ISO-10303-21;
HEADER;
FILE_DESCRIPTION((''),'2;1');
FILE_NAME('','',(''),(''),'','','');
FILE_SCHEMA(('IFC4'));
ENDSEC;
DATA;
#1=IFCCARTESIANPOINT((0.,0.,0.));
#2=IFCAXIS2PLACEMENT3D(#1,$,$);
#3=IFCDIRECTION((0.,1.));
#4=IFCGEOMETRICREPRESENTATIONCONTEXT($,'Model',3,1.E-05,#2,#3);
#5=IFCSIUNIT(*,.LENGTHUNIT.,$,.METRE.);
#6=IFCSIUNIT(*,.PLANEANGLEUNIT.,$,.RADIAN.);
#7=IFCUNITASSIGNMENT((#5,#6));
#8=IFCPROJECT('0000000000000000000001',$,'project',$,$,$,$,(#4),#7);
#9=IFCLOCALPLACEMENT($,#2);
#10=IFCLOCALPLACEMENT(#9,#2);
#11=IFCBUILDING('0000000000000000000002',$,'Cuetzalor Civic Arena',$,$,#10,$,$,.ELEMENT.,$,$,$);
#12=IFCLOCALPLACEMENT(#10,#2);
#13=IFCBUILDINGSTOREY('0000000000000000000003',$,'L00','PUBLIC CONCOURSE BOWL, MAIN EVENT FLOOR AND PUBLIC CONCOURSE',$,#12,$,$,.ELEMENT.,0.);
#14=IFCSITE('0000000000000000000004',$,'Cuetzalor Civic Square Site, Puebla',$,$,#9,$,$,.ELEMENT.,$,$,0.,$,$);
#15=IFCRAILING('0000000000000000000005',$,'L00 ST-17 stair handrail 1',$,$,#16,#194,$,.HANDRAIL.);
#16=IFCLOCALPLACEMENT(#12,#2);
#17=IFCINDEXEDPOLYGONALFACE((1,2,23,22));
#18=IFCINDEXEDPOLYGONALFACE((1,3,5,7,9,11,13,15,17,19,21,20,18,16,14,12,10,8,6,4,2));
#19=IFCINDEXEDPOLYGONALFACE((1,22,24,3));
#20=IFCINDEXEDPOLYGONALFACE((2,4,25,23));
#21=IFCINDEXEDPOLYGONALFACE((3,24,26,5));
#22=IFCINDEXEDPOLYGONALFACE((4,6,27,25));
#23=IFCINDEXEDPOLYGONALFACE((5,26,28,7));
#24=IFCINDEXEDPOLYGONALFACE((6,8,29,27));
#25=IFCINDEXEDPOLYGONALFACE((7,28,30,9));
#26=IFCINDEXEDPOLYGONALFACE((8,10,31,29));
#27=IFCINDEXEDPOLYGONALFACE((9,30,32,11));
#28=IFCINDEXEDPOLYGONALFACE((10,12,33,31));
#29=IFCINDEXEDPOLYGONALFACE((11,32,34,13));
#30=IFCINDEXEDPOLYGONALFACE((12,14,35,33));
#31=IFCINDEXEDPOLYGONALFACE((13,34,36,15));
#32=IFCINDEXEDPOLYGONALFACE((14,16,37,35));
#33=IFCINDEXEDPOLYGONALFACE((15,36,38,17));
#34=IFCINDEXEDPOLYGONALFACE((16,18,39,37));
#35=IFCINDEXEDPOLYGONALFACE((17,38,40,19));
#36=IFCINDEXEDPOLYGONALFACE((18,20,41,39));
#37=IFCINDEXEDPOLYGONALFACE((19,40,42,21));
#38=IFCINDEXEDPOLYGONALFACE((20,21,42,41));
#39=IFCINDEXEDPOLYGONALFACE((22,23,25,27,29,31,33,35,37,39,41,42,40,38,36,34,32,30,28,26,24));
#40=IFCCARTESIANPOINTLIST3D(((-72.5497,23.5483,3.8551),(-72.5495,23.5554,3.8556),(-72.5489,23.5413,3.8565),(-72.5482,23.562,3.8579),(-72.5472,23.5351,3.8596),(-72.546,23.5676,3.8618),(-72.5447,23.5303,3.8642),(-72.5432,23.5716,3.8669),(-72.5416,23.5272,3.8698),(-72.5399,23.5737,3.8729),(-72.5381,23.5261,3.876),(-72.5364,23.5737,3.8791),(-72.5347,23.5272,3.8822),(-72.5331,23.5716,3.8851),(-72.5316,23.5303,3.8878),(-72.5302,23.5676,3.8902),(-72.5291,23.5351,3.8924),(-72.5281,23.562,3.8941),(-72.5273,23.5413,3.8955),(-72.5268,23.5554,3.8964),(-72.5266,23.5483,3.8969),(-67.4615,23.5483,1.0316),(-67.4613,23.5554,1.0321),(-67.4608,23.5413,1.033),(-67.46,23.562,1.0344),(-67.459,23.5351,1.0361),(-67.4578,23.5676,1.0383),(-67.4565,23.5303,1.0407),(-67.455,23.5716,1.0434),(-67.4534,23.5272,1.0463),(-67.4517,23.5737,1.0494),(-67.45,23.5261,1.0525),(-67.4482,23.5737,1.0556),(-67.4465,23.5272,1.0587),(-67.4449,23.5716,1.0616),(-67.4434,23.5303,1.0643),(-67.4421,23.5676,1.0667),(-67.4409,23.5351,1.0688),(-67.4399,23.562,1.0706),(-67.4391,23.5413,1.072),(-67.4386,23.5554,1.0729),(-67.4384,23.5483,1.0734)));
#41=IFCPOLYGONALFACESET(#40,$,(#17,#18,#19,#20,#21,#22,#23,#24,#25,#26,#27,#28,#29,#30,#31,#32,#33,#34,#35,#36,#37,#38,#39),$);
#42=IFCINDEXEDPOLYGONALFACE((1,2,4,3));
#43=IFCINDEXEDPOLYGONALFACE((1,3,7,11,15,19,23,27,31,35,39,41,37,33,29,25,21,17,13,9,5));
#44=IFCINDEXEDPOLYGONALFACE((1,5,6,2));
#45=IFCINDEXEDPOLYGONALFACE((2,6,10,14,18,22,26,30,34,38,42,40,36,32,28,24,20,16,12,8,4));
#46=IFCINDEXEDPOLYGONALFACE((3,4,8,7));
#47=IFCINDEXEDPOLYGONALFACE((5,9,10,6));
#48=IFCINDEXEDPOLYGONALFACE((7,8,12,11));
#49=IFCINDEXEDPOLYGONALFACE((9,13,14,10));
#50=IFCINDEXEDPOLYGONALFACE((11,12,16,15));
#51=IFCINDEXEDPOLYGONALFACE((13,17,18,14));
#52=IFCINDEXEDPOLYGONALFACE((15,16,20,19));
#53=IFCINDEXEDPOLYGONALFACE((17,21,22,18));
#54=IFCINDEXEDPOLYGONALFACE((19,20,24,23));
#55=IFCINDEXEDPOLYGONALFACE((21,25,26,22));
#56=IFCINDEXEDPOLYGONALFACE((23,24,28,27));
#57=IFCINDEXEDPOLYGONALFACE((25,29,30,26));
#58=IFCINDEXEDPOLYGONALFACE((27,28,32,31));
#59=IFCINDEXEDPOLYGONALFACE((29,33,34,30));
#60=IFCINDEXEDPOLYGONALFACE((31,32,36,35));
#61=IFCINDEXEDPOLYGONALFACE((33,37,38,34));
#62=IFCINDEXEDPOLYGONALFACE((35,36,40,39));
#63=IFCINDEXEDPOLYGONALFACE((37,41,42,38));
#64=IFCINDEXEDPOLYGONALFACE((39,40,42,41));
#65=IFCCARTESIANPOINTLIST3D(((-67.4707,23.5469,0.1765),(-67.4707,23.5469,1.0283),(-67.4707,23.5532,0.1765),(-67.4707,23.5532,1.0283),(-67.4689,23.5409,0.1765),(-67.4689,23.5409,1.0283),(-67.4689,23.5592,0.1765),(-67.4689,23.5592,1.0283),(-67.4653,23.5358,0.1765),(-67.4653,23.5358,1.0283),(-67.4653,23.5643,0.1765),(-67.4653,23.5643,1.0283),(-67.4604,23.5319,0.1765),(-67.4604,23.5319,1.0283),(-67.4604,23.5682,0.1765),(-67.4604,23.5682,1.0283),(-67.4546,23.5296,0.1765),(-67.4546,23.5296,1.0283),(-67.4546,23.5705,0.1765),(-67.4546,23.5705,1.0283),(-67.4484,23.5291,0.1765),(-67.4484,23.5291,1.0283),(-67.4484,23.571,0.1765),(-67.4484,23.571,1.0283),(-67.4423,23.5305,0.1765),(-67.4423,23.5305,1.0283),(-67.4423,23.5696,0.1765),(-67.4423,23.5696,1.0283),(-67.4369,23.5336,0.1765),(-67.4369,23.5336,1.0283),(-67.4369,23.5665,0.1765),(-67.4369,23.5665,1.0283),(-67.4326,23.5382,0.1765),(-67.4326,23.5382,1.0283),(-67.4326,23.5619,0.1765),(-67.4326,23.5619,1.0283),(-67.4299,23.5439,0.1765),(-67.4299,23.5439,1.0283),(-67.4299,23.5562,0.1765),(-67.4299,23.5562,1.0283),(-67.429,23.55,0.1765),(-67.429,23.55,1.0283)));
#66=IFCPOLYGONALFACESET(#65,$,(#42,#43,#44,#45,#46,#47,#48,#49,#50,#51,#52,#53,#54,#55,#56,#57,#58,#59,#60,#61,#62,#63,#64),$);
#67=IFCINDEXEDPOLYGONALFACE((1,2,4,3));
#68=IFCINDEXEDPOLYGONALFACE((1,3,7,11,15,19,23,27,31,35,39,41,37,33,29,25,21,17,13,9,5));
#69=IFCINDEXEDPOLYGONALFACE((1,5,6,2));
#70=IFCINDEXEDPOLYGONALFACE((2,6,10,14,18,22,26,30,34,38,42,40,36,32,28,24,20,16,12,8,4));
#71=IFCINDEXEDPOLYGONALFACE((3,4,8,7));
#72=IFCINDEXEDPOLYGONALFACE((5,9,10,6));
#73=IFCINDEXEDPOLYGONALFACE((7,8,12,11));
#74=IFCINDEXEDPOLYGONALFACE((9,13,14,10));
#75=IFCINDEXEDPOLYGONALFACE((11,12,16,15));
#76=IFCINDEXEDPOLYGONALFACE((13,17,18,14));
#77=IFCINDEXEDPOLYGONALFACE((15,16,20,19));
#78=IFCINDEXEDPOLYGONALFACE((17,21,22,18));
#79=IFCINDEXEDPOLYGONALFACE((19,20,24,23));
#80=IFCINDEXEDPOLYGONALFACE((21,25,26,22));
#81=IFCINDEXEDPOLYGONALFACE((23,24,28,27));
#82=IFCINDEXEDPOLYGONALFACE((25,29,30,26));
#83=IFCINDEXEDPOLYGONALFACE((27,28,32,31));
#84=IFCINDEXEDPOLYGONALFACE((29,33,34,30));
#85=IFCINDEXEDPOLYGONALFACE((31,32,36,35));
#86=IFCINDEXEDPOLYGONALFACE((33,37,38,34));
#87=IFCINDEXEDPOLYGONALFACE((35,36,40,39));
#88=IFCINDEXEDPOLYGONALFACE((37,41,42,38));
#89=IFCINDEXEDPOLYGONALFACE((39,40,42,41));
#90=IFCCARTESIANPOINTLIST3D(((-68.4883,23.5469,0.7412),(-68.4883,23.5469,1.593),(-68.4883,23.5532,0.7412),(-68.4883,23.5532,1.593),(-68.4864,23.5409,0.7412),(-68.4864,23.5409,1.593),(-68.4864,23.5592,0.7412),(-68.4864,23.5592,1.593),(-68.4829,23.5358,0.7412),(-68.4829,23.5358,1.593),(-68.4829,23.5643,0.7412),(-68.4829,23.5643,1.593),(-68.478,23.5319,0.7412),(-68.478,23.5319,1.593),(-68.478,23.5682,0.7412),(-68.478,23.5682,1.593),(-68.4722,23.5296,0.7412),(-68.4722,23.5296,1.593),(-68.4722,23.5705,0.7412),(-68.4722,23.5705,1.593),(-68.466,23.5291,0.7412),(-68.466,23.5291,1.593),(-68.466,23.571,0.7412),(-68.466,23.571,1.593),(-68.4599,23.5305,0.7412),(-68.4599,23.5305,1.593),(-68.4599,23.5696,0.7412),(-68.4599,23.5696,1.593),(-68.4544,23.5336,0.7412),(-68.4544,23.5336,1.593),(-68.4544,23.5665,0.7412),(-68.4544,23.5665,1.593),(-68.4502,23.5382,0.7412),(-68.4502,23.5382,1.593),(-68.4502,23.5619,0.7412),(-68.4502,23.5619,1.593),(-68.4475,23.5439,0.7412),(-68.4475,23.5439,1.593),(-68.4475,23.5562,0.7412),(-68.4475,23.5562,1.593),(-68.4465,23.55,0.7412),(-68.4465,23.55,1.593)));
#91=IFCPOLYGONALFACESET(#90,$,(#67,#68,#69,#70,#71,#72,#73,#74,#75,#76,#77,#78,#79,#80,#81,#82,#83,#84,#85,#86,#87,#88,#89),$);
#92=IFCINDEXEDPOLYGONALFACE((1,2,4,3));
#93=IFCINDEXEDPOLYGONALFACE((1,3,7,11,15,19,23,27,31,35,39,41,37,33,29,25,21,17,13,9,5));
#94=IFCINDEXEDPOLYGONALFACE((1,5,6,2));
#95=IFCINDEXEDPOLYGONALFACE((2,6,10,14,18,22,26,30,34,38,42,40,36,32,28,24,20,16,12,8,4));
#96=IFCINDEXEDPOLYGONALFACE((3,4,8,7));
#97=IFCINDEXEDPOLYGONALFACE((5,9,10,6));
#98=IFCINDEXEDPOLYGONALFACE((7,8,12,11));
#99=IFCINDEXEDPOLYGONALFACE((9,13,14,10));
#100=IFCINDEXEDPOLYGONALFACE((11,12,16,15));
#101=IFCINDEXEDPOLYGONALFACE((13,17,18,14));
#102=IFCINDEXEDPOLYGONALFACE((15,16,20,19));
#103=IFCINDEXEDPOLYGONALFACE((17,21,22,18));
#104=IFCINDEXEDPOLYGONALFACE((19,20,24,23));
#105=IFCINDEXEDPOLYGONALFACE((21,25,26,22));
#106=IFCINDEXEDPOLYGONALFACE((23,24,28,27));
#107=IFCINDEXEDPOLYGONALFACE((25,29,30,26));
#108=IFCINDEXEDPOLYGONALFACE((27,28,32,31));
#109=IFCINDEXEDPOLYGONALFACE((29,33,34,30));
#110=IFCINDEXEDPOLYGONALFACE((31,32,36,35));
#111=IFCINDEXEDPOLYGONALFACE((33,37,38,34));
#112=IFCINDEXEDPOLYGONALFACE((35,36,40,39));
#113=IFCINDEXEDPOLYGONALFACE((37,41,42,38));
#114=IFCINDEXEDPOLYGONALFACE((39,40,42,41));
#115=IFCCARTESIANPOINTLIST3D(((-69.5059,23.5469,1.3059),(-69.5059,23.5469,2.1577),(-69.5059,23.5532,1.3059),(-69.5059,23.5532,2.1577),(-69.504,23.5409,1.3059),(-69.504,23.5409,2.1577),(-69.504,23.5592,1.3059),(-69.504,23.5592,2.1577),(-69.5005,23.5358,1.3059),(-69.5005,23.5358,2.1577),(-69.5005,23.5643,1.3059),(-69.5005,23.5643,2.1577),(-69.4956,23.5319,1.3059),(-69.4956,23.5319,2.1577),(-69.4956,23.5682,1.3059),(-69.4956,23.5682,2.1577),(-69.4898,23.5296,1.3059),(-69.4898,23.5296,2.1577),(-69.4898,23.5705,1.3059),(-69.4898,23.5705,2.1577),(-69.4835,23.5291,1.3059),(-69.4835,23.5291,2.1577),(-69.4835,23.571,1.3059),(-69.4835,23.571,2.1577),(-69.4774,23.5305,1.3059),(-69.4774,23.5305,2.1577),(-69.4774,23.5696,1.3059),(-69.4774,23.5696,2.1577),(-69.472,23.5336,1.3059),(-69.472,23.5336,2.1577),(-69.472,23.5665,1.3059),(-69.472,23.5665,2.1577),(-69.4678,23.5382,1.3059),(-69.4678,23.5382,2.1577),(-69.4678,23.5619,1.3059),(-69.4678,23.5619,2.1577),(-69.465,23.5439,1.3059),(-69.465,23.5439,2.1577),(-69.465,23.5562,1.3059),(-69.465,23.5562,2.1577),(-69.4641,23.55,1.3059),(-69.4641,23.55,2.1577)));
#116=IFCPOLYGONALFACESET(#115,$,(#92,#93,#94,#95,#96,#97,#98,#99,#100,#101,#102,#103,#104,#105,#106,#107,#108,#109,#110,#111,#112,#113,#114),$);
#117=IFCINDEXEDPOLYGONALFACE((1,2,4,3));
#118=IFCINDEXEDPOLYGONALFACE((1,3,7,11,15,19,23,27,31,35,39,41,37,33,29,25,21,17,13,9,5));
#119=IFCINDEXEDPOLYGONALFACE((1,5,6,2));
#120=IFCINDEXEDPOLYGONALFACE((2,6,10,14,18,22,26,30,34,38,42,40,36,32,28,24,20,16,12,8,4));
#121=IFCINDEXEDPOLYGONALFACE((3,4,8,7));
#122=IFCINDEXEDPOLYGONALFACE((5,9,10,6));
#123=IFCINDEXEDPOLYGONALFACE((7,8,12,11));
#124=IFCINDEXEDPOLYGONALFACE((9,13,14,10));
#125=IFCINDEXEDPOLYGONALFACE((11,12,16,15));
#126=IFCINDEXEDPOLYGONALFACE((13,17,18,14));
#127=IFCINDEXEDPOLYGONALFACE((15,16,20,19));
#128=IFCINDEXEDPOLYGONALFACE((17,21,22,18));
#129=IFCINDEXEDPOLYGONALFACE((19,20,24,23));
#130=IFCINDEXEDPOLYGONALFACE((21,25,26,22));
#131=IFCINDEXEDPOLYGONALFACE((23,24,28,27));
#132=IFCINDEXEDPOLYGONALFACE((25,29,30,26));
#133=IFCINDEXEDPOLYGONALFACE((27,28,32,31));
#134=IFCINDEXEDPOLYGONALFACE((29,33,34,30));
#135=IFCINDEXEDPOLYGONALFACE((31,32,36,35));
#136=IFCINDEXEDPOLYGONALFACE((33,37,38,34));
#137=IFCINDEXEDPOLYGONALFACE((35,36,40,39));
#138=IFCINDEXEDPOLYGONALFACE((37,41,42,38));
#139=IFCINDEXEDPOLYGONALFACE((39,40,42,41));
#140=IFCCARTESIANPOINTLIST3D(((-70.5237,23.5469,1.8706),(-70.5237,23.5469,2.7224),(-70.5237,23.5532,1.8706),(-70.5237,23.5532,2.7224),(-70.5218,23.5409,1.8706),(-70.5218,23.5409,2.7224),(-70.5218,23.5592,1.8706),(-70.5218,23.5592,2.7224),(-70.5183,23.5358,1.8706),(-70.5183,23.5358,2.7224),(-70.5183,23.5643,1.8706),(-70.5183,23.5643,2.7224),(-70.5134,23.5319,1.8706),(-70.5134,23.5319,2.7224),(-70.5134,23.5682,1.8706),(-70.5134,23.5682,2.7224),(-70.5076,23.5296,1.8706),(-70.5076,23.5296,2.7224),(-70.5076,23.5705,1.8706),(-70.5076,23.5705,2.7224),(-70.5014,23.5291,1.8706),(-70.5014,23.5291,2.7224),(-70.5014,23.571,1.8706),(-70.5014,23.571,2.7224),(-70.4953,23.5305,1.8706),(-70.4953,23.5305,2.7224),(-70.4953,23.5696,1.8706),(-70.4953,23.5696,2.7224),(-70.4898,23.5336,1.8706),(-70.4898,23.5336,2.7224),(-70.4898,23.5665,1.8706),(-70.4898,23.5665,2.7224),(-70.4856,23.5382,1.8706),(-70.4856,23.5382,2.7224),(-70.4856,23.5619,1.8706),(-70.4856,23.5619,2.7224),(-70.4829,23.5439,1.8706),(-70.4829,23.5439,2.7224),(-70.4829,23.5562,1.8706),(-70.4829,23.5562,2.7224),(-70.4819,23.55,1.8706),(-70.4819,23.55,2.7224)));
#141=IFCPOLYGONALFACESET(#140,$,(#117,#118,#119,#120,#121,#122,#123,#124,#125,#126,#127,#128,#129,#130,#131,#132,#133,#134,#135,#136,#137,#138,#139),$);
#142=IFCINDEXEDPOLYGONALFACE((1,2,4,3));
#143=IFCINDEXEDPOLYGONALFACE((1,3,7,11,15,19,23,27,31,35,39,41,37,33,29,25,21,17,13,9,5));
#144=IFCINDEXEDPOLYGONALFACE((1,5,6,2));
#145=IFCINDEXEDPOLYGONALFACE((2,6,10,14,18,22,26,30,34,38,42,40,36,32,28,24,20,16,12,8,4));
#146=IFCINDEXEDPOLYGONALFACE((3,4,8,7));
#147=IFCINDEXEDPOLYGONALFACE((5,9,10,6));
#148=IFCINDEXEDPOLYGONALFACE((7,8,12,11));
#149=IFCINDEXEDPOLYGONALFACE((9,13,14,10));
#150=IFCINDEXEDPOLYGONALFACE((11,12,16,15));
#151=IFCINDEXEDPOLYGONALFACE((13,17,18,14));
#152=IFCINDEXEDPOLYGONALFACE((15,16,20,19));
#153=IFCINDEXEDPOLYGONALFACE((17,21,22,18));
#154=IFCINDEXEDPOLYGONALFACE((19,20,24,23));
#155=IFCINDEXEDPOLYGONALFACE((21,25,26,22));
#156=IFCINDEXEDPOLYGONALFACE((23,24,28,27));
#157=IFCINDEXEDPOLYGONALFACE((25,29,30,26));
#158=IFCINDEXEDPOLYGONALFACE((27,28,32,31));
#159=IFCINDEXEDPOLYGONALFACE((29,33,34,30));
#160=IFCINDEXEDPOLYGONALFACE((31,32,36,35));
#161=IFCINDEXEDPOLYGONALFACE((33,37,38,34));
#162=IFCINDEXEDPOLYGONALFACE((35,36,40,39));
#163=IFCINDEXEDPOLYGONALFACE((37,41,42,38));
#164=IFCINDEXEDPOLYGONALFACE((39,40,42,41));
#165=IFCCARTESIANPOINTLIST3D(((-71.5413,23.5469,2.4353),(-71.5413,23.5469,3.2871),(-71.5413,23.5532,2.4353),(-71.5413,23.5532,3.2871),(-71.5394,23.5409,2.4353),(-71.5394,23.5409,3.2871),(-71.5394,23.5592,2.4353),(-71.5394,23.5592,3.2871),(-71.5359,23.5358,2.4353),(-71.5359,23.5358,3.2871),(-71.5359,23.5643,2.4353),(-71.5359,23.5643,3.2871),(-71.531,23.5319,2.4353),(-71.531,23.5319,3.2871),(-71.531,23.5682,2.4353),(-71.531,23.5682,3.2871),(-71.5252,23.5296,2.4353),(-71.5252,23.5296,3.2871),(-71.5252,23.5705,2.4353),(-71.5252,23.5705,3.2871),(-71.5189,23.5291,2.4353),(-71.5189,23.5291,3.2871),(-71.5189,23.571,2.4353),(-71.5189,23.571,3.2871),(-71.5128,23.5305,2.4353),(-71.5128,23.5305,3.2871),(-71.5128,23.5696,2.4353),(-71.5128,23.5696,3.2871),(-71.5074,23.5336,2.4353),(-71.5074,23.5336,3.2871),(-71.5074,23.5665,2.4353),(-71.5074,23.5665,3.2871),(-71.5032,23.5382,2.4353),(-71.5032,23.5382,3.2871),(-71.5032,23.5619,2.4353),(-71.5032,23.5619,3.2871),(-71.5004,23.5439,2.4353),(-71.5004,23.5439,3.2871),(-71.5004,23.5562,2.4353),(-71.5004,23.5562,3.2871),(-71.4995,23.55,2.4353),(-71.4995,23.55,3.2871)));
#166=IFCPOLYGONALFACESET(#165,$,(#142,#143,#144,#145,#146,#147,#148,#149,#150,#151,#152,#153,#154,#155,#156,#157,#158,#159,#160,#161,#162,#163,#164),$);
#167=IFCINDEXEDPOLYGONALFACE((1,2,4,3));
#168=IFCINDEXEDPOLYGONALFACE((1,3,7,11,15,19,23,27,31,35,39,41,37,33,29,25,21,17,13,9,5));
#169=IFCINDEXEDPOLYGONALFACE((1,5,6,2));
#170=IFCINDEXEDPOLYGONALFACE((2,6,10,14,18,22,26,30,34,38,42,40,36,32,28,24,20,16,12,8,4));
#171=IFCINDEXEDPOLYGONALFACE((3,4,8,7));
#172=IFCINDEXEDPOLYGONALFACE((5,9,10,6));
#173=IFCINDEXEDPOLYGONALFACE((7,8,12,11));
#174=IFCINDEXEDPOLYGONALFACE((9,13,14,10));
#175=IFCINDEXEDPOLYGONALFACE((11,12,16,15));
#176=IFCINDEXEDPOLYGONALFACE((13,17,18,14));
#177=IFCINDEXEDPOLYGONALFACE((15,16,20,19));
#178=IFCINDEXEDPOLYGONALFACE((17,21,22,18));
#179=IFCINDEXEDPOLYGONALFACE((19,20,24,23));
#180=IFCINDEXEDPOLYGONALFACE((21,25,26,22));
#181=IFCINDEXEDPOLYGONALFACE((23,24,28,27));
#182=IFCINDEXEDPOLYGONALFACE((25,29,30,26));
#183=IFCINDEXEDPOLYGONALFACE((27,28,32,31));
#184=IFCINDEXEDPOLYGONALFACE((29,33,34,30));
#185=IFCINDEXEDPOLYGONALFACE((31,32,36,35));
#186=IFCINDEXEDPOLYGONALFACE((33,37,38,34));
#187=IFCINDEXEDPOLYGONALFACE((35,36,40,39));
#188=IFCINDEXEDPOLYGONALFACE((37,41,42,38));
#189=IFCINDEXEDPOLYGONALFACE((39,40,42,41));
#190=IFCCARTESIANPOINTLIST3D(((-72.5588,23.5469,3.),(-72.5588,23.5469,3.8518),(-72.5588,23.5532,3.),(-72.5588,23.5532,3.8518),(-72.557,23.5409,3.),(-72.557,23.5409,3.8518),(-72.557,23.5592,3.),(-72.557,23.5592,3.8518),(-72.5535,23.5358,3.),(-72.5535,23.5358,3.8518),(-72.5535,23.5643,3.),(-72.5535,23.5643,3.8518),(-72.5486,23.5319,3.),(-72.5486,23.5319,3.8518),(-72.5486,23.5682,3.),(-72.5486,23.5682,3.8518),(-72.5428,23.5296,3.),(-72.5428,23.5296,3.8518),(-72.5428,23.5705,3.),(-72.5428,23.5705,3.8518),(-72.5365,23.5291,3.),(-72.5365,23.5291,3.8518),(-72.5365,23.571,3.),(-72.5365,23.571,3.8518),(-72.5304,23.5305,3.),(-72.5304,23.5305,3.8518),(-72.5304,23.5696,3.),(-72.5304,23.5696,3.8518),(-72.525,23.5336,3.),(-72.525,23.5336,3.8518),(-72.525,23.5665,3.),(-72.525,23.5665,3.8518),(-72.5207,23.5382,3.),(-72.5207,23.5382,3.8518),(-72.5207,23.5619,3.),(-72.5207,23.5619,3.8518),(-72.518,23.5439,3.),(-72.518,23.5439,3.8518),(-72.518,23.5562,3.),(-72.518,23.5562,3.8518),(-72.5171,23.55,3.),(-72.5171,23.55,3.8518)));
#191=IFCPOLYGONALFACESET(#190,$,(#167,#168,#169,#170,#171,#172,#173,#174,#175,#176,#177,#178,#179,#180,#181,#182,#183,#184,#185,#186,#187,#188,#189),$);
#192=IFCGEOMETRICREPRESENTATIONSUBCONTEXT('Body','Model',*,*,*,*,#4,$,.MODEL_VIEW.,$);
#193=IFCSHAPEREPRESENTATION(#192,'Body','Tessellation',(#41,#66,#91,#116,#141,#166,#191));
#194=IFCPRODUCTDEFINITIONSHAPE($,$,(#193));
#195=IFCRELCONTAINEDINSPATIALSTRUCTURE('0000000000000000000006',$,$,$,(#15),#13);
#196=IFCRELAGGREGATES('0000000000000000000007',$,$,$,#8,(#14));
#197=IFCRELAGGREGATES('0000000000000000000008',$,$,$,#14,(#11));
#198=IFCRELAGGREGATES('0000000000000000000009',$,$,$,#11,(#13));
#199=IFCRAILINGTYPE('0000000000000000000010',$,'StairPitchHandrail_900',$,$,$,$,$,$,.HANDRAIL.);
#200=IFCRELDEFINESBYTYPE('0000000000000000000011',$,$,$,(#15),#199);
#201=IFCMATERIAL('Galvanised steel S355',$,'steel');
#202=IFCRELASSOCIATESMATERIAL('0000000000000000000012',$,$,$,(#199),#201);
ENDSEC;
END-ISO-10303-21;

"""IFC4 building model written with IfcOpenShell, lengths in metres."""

from ifc_helpers import new_model, si_unit, direction, frame, origin, origin_2d, place, context, subcontext, project, spatial, circle, extrude, material, type_object, element, save


model = new_model("IFC4")

# Units and contexts
model_context = context("Model", 3, precision=1e-05, world=origin(), true_north=direction((0.0, 1.0)))
body_context = subcontext(model_context, "Body", "Model", "MODEL_VIEW")
ifc_project = project(units=[si_unit("LENGTHUNIT", "METRE"), si_unit("PLANEANGLEUNIT", "RADIAN")], contexts=[model_context])

# Site, building, storey
site_placement = place(None, origin())
site = spatial("IfcSite", under=ifc_project, at=site_placement, Name="Cuetzalor Civic Square Site, Puebla", CompositionType="ELEMENT", RefElevation=0.0)
building_placement = place(site_placement, origin())
building = spatial("IfcBuilding", under=site, at=building_placement, Name="Cuetzalor Civic Arena", CompositionType="ELEMENT")
storey_placement = place(building_placement, origin())
storey = spatial("IfcBuildingStorey", under=building, at=storey_placement, Name="L00", Description="PUBLIC CONCOURSE BOWL, MAIN EVENT FLOOR AND PUBLIC CONCOURSE", CompositionType="ELEMENT", Elevation=0.0)

# Railing
ifc_material_1 = material(Name="Galvanised steel S355", Category="steel")
railing_type_1 = type_object("IfcRailingType", Name="StairPitchHandrail_900", PredefinedType="HANDRAIL", material=ifc_material_1)
railing_1_placement = place(storey_placement, frame((-67.45, 23.55, 0.1765)))
element("IfcRailing", 1, at=railing_1_placement, inside=storey, type_object=railing_type_1, Name="L00 ST-17 stair handrail 1", PredefinedType="HANDRAIL", context=body_context, shape_type="SweptSolid", body=[
    extrude(circle(Radius=0.0239, at=origin_2d()), frame((0.0, 0.0, 0.876), z_axis=(-0.874395, 0.0, 0.485215), x_axis=(0.0, -1.0, 0.0)), (0.0, 0.0, 1.0), 5.8191),
    extrude(circle(Radius=0.021, at=origin_2d()), origin(), (0.0, 0.0, 1.0), 0.8518),
    extrude(circle(Radius=0.021, at=origin_2d()), frame((-1.0176, 0.0, 0.5647)), (0.0, 0.0, 1.0), 0.8518),
    extrude(circle(Radius=0.021, at=origin_2d()), frame((-2.0352, 0.0, 1.1294)), (0.0, 0.0, 1.0), 0.8518),
    extrude(circle(Radius=0.021, at=origin_2d()), frame((-3.053, 0.0, 1.6941)), (0.0, 0.0, 1.0), 0.8518),
    extrude(circle(Radius=0.021, at=origin_2d()), frame((-4.0706, 0.0, 2.2588)), (0.0, 0.0, 1.0), 0.8518),
    extrude(circle(Radius=0.021, at=origin_2d()), frame((-5.0881, 0.0, 2.8235)), (0.0, 0.0, 1.0), 0.8518),
])

save(model, "model.ifc")
